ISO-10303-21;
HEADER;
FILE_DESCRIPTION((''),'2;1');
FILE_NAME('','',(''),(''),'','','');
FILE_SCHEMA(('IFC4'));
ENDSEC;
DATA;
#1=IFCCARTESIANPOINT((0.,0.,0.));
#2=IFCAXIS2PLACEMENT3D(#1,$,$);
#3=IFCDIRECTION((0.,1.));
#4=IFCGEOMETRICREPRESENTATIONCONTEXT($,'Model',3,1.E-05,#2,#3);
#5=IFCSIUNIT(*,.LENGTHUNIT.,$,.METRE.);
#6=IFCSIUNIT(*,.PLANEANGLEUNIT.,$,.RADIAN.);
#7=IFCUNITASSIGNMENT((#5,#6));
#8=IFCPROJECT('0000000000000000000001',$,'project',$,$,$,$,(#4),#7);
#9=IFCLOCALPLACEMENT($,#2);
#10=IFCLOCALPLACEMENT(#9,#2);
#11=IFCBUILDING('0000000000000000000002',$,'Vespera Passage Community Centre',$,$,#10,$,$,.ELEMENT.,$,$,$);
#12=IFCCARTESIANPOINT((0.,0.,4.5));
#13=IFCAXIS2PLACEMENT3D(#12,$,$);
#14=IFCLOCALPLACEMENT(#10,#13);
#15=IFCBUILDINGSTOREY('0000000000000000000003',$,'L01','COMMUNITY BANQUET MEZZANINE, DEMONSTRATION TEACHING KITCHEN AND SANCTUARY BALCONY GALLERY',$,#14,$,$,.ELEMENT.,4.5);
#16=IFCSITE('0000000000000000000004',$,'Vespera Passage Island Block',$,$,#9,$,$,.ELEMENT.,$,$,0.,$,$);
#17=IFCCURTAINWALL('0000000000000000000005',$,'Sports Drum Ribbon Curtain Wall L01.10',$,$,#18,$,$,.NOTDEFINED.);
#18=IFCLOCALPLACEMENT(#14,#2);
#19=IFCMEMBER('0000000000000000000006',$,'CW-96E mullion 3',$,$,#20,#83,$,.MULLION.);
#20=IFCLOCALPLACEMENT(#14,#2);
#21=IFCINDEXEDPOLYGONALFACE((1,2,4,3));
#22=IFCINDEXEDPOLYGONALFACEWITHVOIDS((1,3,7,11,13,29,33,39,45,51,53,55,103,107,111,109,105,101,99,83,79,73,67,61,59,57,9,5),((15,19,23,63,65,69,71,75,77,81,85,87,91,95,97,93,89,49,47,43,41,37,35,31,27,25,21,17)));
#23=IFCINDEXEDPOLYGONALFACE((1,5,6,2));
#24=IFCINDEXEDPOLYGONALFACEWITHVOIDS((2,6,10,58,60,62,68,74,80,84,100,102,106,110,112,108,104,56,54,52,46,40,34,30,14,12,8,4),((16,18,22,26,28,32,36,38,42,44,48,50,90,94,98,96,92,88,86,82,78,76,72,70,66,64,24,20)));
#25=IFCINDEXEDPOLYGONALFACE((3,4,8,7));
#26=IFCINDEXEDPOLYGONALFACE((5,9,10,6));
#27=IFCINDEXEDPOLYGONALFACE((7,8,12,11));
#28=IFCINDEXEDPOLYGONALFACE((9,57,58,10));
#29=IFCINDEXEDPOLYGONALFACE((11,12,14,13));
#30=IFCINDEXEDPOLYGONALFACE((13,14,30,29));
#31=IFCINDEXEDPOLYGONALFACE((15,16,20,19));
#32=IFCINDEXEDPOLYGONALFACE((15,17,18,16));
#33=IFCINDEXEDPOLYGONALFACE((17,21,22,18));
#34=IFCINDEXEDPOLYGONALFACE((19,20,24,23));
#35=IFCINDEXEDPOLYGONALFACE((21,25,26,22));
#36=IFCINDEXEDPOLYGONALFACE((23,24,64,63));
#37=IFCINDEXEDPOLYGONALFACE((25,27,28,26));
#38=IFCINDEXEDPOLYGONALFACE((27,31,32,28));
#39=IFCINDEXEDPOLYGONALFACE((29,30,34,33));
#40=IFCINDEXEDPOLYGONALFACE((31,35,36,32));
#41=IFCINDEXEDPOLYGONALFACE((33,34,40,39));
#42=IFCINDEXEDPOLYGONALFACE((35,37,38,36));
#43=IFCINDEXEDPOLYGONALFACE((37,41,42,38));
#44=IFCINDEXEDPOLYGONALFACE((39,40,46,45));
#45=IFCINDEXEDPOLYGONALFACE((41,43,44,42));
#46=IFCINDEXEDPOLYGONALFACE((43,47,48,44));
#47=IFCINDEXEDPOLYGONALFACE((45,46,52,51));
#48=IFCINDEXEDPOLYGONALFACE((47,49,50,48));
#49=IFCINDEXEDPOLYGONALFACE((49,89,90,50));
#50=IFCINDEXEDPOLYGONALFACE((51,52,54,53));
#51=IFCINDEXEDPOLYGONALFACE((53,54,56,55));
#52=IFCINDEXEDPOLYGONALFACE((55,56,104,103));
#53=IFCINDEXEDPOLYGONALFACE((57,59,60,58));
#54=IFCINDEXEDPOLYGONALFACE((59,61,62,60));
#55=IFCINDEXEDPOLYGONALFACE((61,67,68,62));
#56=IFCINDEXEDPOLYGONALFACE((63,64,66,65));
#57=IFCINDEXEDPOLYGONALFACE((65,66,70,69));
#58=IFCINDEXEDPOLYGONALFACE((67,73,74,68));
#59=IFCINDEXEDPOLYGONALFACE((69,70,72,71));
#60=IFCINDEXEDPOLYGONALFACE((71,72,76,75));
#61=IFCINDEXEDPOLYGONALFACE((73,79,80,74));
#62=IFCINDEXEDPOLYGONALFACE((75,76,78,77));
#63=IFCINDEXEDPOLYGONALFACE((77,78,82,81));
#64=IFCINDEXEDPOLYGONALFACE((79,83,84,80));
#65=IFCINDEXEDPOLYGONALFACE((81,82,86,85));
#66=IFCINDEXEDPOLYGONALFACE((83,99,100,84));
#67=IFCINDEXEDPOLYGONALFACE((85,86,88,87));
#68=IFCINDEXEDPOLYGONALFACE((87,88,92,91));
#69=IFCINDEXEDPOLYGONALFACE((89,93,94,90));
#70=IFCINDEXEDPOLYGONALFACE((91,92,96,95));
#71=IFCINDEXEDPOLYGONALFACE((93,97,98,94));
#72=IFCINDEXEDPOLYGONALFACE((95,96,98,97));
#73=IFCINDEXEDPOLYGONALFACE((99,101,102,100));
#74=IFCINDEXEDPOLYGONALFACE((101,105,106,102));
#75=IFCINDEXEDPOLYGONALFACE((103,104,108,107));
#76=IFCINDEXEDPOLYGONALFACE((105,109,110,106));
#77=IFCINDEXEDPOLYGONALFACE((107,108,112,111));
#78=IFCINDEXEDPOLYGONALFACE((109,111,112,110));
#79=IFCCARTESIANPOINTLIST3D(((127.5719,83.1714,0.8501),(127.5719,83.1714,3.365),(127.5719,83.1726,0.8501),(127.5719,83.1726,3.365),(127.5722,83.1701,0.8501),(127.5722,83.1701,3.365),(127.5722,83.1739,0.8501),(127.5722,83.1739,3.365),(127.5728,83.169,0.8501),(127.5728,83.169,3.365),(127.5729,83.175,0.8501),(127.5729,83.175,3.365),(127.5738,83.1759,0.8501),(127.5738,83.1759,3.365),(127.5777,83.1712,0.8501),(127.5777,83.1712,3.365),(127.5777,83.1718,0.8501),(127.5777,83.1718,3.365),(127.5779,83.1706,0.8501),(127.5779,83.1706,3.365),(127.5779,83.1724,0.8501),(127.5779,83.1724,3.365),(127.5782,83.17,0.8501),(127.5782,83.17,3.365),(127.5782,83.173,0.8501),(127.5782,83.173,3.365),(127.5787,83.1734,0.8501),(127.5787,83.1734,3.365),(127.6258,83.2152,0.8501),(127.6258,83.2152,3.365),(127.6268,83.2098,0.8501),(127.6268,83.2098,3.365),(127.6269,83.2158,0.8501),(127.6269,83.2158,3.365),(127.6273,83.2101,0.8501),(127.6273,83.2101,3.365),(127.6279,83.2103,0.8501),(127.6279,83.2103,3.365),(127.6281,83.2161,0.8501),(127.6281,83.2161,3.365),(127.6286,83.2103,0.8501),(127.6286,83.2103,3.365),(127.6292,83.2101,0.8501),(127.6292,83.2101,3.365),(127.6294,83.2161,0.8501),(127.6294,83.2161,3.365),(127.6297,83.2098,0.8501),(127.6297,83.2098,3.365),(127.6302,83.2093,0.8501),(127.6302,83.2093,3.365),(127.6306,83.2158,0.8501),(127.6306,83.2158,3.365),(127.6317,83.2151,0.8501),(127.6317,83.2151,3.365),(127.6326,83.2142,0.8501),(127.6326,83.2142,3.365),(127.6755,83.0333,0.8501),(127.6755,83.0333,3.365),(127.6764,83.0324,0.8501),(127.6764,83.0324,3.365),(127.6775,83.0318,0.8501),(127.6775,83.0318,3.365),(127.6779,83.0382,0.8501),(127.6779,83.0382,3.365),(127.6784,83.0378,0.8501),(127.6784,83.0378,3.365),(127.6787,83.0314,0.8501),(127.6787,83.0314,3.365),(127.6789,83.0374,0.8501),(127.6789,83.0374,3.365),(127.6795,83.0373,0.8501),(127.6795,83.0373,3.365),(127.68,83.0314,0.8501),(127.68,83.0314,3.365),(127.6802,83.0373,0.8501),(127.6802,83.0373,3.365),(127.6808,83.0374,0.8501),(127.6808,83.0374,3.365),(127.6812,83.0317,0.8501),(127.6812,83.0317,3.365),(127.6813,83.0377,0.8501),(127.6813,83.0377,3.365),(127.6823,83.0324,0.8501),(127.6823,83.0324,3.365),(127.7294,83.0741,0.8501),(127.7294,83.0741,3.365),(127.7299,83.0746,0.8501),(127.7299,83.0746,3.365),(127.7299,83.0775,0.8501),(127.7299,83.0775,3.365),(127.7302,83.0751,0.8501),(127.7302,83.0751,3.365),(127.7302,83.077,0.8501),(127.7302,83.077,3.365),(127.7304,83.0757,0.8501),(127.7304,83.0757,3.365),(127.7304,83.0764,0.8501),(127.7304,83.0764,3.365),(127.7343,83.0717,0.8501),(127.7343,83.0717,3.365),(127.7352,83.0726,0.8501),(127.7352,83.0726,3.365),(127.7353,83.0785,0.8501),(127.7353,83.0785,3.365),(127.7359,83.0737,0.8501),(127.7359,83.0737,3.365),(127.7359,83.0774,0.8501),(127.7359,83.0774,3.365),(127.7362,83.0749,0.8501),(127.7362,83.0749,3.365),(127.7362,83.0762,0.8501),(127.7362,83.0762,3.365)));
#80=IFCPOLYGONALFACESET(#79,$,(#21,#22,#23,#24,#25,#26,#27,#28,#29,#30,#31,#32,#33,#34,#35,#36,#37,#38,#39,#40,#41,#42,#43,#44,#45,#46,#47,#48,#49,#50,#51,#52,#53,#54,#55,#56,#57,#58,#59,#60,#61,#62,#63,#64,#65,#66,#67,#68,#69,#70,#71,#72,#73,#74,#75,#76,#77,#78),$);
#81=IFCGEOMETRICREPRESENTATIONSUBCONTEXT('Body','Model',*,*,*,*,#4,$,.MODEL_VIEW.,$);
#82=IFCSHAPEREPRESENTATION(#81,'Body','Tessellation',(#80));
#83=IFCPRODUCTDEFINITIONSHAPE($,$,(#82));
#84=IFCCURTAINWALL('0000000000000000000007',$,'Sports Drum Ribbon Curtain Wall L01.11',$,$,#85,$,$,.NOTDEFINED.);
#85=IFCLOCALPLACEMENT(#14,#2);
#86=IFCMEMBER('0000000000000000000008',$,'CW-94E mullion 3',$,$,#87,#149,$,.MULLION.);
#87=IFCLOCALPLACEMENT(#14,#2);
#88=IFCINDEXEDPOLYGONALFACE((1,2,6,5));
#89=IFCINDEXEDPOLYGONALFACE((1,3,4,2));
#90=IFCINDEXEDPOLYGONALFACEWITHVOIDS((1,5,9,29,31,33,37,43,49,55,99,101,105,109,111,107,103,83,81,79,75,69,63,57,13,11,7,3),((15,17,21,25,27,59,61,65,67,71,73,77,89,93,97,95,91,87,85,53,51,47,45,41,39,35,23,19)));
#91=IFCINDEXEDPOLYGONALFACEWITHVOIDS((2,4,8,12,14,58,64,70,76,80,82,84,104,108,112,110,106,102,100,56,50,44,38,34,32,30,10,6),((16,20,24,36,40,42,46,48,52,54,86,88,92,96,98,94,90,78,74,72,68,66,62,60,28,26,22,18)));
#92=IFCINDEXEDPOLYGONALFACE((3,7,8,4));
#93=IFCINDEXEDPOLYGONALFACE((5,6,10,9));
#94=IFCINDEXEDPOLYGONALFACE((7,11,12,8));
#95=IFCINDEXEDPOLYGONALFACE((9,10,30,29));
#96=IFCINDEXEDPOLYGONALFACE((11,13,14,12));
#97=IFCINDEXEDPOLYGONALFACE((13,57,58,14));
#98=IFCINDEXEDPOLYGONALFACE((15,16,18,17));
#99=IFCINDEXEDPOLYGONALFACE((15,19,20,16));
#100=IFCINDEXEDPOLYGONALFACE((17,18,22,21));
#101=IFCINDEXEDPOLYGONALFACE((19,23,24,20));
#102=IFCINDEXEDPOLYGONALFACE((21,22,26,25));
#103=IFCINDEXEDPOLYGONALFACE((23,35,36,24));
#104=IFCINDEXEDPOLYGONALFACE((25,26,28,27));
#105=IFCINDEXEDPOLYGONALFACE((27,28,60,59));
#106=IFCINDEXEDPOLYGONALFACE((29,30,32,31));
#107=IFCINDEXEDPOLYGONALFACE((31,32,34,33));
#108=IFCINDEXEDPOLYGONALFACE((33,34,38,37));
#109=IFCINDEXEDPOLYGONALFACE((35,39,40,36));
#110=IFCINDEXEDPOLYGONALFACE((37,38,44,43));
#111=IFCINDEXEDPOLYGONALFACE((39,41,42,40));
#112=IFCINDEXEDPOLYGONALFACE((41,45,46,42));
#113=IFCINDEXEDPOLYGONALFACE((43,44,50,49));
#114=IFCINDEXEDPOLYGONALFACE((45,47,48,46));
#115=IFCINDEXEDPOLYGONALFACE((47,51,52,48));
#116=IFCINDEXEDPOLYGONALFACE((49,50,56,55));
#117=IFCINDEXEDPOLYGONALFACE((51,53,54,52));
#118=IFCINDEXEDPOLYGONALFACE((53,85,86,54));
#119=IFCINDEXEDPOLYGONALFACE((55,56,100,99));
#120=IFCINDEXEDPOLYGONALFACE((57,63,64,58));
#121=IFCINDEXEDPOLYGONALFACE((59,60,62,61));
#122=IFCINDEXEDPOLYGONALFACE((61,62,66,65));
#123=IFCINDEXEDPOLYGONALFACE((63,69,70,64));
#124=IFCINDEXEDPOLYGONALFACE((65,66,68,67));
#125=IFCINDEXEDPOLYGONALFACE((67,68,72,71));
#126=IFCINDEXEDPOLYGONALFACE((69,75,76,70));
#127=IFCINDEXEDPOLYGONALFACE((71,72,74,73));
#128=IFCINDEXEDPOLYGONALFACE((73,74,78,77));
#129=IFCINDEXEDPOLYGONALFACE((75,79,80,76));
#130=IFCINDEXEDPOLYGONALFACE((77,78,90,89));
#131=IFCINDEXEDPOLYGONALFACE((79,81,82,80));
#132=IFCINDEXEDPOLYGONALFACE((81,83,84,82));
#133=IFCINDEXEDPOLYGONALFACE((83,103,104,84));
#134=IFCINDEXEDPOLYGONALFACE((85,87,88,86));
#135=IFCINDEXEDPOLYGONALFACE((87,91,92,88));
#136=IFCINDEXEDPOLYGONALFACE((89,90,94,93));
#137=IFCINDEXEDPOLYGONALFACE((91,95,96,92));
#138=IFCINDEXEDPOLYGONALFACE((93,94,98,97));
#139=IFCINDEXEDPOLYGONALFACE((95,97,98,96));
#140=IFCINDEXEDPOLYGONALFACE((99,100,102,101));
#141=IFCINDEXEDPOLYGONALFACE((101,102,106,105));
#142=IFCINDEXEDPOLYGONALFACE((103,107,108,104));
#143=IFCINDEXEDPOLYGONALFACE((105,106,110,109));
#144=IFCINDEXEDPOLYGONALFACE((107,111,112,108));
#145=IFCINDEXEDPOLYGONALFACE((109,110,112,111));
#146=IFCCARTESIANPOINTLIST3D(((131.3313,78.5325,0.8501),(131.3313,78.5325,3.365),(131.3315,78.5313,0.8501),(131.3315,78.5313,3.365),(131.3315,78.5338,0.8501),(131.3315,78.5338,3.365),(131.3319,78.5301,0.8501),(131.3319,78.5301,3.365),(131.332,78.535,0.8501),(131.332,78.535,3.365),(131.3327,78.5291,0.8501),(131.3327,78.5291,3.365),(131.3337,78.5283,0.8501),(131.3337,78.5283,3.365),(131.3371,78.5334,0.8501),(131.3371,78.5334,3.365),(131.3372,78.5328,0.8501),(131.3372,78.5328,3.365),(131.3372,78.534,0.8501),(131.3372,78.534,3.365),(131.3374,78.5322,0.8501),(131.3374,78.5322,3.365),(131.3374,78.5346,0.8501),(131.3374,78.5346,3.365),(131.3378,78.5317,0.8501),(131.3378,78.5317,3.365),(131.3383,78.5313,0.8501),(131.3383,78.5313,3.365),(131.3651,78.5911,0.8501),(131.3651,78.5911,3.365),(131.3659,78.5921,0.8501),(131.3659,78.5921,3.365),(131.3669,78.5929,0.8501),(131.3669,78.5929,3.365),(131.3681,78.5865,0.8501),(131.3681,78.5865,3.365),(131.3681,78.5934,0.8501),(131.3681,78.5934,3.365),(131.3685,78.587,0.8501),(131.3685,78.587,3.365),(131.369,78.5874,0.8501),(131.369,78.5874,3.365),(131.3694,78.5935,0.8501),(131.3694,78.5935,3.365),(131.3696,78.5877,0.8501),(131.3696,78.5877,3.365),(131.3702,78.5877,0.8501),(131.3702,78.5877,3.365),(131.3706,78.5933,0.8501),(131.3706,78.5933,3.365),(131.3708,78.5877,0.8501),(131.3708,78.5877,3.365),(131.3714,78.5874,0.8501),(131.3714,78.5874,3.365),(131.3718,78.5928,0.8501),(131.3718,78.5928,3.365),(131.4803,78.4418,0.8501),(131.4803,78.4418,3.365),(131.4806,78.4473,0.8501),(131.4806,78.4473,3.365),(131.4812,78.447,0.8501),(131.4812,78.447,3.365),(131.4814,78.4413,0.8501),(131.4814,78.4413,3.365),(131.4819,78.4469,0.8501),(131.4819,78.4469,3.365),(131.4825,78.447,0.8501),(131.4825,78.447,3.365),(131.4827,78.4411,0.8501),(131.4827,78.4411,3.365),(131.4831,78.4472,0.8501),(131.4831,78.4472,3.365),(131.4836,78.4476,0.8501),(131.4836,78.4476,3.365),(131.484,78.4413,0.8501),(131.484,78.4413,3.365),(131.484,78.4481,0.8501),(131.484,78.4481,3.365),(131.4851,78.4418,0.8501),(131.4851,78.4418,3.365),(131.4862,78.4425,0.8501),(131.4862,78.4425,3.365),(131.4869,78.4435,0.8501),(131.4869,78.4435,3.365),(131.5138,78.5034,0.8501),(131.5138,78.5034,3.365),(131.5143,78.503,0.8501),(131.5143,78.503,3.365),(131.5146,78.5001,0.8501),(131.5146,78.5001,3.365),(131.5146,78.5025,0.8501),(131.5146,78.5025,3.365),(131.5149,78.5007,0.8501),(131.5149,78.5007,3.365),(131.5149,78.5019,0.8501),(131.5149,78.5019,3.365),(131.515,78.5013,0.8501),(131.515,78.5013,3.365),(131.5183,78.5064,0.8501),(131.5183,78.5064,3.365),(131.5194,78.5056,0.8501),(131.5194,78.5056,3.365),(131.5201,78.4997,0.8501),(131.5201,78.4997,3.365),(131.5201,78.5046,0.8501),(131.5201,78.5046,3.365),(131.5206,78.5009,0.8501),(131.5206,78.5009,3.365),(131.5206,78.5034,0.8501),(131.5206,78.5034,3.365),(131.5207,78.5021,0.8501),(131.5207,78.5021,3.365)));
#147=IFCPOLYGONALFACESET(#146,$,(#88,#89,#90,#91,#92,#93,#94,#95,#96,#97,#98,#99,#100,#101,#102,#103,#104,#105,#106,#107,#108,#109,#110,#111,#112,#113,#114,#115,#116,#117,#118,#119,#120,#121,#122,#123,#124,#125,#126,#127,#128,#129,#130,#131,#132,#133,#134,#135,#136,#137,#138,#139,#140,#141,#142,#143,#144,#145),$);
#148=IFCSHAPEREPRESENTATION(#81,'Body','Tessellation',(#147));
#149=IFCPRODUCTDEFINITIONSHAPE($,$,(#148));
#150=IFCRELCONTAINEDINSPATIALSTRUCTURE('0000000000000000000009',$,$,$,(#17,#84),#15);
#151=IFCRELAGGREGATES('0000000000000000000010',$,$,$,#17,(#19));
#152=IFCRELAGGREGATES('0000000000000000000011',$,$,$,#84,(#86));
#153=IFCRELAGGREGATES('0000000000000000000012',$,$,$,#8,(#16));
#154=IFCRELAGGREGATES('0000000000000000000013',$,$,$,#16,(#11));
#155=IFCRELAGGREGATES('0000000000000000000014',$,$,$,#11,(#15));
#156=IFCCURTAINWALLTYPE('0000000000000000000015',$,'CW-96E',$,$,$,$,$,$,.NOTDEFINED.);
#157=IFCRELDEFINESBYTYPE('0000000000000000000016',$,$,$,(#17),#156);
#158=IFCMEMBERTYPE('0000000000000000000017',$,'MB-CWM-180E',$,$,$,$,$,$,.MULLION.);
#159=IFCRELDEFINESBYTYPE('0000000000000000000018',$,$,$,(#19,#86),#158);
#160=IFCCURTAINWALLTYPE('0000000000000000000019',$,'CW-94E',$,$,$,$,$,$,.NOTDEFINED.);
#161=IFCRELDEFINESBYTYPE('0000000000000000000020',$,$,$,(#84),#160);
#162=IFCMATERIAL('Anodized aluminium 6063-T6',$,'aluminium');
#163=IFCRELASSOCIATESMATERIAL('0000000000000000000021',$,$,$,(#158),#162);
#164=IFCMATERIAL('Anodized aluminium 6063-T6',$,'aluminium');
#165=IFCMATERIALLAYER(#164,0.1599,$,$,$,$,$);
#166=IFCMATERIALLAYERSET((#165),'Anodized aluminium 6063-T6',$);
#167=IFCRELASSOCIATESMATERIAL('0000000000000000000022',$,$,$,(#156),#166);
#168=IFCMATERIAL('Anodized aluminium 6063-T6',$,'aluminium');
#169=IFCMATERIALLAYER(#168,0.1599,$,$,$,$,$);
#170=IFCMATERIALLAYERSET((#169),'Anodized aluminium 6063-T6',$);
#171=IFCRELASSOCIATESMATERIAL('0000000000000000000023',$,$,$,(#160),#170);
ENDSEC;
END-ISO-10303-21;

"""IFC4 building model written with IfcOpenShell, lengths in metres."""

from ifc_helpers import new_model, si_unit, direction, frame, origin, origin_2d, place, context, subcontext, project, spatial, hollow_rectangle, extrude, material, layer, layer_set, material_profile, profile_set, type_object, element, aggregate, save


model = new_model("IFC4")

# Units and contexts
model_context = context("Model", 3, precision=1e-05, world=origin(), true_north=direction((0.0, 1.0)))
body_context = subcontext(model_context, "Body", "Model", "MODEL_VIEW")
ifc_project = project(units=[si_unit("LENGTHUNIT", "METRE"), si_unit("PLANEANGLEUNIT", "RADIAN")], contexts=[model_context])

# Site, building, storey
site_placement = place(None, origin())
site = spatial("IfcSite", under=ifc_project, at=site_placement, Name="Vespera Passage Island Block", CompositionType="ELEMENT", RefElevation=0.0)
building_placement = place(site_placement, origin())
building = spatial("IfcBuilding", under=site, at=building_placement, Name="Vespera Passage Community Centre", CompositionType="ELEMENT")
storey_placement = place(building_placement, frame((0.0, 0.0, 4.5)))
storey = spatial("IfcBuildingStorey", under=building, at=storey_placement, Name="L01", Description="COMMUNITY BANQUET MEZZANINE, DEMONSTRATION TEACHING KITCHEN AND SANCTUARY BALCONY GALLERY", CompositionType="ELEMENT", Elevation=4.5)

# Shared definitions
ifc_material_1 = material(Name="Anodized aluminium 6063-T6", Category="aluminium")
ifc_material_profile_1 = material_profile(ifc_material_1, hollow_rectangle(XDim=0.075, YDim=0.1799, WallThickness=0.0049, InnerFilletRadius=0.0024, OuterFilletRadius=0.0049, at=origin_2d()), Name="ALU180X75X5")
ifc_profile_set_1 = profile_set([ifc_material_profile_1], Name="Anodized aluminium 6063-T6")
member_type_1 = type_object("IfcMemberType", Name="MB-CWM-180E", PredefinedType="MULLION", material=ifc_profile_set_1)

# Curtain wall, member
ifc_material_2 = material(Name="Anodized aluminium 6063-T6", Category="aluminium")
ifc_layer_1 = layer(ifc_material_2, 0.1599)
ifc_layer_set_1 = layer_set([ifc_layer_1], Name="Anodized aluminium 6063-T6")
curtain_wall_type_1 = type_object("IfcCurtainWallType", Name="CW-96E", PredefinedType="NOTDEFINED", material=ifc_layer_set_1)
curtain_wall_1_placement = place(storey_placement, origin())
curtain_wall_1 = element("IfcCurtainWall", 1, at=curtain_wall_1_placement, inside=storey, type_object=curtain_wall_type_1, Name="Sports Drum Ribbon Curtain Wall L01.10", PredefinedType="NOTDEFINED")
member_1_placement = place(storey_placement, frame((127.6541, 83.1238, 0.8501), z_axis=(0.0, 0.0, 1.0), x_axis=(-0.797434, -0.603406, 0.0)))
member_1 = element("IfcMember", 2, at=member_1_placement, type_object=member_type_1, Name="CW-96E mullion 3", PredefinedType="MULLION", context=body_context, shape_type="SweptSolid", body=[
    extrude(hollow_rectangle(XDim=0.075, YDim=0.1799, WallThickness=0.0049, InnerFilletRadius=0.0024, OuterFilletRadius=0.0049, at=origin_2d()), origin(), (0.0, 0.0, 1.0), 2.5149),
])

# Curtain wall, member
ifc_material_3 = material(Name="Anodized aluminium 6063-T6", Category="aluminium")
ifc_layer_2 = layer(ifc_material_3, 0.1599)
ifc_layer_set_2 = layer_set([ifc_layer_2], Name="Anodized aluminium 6063-T6")
curtain_wall_type_2 = type_object("IfcCurtainWallType", Name="CW-94E", PredefinedType="NOTDEFINED", material=ifc_layer_set_2)
curtain_wall_2_placement = place(storey_placement, origin())
curtain_wall_2 = element("IfcCurtainWall", 3, at=curtain_wall_2_placement, inside=storey, type_object=curtain_wall_type_2, Name="Sports Drum Ribbon Curtain Wall L01.11", PredefinedType="NOTDEFINED")
member_2_placement = place(storey_placement, frame((131.426, 78.5173, 0.8501), z_axis=(0.0, 0.0, 1.0), x_axis=(-0.50817, -0.861257, 0.0)))
member_2 = element("IfcMember", 4, at=member_2_placement, type_object=member_type_1, Name="CW-94E mullion 3", PredefinedType="MULLION", context=body_context, shape_type="SweptSolid", body=[
    extrude(hollow_rectangle(XDim=0.075, YDim=0.1799, WallThickness=0.0049, InnerFilletRadius=0.0024, OuterFilletRadius=0.0049, at=origin_2d()), origin(), (0.0, 0.0, 1.0), 2.5149),
])

aggregate(curtain_wall_1, [member_1])
aggregate(curtain_wall_2, [member_2])

save(model, "model.ifc")
